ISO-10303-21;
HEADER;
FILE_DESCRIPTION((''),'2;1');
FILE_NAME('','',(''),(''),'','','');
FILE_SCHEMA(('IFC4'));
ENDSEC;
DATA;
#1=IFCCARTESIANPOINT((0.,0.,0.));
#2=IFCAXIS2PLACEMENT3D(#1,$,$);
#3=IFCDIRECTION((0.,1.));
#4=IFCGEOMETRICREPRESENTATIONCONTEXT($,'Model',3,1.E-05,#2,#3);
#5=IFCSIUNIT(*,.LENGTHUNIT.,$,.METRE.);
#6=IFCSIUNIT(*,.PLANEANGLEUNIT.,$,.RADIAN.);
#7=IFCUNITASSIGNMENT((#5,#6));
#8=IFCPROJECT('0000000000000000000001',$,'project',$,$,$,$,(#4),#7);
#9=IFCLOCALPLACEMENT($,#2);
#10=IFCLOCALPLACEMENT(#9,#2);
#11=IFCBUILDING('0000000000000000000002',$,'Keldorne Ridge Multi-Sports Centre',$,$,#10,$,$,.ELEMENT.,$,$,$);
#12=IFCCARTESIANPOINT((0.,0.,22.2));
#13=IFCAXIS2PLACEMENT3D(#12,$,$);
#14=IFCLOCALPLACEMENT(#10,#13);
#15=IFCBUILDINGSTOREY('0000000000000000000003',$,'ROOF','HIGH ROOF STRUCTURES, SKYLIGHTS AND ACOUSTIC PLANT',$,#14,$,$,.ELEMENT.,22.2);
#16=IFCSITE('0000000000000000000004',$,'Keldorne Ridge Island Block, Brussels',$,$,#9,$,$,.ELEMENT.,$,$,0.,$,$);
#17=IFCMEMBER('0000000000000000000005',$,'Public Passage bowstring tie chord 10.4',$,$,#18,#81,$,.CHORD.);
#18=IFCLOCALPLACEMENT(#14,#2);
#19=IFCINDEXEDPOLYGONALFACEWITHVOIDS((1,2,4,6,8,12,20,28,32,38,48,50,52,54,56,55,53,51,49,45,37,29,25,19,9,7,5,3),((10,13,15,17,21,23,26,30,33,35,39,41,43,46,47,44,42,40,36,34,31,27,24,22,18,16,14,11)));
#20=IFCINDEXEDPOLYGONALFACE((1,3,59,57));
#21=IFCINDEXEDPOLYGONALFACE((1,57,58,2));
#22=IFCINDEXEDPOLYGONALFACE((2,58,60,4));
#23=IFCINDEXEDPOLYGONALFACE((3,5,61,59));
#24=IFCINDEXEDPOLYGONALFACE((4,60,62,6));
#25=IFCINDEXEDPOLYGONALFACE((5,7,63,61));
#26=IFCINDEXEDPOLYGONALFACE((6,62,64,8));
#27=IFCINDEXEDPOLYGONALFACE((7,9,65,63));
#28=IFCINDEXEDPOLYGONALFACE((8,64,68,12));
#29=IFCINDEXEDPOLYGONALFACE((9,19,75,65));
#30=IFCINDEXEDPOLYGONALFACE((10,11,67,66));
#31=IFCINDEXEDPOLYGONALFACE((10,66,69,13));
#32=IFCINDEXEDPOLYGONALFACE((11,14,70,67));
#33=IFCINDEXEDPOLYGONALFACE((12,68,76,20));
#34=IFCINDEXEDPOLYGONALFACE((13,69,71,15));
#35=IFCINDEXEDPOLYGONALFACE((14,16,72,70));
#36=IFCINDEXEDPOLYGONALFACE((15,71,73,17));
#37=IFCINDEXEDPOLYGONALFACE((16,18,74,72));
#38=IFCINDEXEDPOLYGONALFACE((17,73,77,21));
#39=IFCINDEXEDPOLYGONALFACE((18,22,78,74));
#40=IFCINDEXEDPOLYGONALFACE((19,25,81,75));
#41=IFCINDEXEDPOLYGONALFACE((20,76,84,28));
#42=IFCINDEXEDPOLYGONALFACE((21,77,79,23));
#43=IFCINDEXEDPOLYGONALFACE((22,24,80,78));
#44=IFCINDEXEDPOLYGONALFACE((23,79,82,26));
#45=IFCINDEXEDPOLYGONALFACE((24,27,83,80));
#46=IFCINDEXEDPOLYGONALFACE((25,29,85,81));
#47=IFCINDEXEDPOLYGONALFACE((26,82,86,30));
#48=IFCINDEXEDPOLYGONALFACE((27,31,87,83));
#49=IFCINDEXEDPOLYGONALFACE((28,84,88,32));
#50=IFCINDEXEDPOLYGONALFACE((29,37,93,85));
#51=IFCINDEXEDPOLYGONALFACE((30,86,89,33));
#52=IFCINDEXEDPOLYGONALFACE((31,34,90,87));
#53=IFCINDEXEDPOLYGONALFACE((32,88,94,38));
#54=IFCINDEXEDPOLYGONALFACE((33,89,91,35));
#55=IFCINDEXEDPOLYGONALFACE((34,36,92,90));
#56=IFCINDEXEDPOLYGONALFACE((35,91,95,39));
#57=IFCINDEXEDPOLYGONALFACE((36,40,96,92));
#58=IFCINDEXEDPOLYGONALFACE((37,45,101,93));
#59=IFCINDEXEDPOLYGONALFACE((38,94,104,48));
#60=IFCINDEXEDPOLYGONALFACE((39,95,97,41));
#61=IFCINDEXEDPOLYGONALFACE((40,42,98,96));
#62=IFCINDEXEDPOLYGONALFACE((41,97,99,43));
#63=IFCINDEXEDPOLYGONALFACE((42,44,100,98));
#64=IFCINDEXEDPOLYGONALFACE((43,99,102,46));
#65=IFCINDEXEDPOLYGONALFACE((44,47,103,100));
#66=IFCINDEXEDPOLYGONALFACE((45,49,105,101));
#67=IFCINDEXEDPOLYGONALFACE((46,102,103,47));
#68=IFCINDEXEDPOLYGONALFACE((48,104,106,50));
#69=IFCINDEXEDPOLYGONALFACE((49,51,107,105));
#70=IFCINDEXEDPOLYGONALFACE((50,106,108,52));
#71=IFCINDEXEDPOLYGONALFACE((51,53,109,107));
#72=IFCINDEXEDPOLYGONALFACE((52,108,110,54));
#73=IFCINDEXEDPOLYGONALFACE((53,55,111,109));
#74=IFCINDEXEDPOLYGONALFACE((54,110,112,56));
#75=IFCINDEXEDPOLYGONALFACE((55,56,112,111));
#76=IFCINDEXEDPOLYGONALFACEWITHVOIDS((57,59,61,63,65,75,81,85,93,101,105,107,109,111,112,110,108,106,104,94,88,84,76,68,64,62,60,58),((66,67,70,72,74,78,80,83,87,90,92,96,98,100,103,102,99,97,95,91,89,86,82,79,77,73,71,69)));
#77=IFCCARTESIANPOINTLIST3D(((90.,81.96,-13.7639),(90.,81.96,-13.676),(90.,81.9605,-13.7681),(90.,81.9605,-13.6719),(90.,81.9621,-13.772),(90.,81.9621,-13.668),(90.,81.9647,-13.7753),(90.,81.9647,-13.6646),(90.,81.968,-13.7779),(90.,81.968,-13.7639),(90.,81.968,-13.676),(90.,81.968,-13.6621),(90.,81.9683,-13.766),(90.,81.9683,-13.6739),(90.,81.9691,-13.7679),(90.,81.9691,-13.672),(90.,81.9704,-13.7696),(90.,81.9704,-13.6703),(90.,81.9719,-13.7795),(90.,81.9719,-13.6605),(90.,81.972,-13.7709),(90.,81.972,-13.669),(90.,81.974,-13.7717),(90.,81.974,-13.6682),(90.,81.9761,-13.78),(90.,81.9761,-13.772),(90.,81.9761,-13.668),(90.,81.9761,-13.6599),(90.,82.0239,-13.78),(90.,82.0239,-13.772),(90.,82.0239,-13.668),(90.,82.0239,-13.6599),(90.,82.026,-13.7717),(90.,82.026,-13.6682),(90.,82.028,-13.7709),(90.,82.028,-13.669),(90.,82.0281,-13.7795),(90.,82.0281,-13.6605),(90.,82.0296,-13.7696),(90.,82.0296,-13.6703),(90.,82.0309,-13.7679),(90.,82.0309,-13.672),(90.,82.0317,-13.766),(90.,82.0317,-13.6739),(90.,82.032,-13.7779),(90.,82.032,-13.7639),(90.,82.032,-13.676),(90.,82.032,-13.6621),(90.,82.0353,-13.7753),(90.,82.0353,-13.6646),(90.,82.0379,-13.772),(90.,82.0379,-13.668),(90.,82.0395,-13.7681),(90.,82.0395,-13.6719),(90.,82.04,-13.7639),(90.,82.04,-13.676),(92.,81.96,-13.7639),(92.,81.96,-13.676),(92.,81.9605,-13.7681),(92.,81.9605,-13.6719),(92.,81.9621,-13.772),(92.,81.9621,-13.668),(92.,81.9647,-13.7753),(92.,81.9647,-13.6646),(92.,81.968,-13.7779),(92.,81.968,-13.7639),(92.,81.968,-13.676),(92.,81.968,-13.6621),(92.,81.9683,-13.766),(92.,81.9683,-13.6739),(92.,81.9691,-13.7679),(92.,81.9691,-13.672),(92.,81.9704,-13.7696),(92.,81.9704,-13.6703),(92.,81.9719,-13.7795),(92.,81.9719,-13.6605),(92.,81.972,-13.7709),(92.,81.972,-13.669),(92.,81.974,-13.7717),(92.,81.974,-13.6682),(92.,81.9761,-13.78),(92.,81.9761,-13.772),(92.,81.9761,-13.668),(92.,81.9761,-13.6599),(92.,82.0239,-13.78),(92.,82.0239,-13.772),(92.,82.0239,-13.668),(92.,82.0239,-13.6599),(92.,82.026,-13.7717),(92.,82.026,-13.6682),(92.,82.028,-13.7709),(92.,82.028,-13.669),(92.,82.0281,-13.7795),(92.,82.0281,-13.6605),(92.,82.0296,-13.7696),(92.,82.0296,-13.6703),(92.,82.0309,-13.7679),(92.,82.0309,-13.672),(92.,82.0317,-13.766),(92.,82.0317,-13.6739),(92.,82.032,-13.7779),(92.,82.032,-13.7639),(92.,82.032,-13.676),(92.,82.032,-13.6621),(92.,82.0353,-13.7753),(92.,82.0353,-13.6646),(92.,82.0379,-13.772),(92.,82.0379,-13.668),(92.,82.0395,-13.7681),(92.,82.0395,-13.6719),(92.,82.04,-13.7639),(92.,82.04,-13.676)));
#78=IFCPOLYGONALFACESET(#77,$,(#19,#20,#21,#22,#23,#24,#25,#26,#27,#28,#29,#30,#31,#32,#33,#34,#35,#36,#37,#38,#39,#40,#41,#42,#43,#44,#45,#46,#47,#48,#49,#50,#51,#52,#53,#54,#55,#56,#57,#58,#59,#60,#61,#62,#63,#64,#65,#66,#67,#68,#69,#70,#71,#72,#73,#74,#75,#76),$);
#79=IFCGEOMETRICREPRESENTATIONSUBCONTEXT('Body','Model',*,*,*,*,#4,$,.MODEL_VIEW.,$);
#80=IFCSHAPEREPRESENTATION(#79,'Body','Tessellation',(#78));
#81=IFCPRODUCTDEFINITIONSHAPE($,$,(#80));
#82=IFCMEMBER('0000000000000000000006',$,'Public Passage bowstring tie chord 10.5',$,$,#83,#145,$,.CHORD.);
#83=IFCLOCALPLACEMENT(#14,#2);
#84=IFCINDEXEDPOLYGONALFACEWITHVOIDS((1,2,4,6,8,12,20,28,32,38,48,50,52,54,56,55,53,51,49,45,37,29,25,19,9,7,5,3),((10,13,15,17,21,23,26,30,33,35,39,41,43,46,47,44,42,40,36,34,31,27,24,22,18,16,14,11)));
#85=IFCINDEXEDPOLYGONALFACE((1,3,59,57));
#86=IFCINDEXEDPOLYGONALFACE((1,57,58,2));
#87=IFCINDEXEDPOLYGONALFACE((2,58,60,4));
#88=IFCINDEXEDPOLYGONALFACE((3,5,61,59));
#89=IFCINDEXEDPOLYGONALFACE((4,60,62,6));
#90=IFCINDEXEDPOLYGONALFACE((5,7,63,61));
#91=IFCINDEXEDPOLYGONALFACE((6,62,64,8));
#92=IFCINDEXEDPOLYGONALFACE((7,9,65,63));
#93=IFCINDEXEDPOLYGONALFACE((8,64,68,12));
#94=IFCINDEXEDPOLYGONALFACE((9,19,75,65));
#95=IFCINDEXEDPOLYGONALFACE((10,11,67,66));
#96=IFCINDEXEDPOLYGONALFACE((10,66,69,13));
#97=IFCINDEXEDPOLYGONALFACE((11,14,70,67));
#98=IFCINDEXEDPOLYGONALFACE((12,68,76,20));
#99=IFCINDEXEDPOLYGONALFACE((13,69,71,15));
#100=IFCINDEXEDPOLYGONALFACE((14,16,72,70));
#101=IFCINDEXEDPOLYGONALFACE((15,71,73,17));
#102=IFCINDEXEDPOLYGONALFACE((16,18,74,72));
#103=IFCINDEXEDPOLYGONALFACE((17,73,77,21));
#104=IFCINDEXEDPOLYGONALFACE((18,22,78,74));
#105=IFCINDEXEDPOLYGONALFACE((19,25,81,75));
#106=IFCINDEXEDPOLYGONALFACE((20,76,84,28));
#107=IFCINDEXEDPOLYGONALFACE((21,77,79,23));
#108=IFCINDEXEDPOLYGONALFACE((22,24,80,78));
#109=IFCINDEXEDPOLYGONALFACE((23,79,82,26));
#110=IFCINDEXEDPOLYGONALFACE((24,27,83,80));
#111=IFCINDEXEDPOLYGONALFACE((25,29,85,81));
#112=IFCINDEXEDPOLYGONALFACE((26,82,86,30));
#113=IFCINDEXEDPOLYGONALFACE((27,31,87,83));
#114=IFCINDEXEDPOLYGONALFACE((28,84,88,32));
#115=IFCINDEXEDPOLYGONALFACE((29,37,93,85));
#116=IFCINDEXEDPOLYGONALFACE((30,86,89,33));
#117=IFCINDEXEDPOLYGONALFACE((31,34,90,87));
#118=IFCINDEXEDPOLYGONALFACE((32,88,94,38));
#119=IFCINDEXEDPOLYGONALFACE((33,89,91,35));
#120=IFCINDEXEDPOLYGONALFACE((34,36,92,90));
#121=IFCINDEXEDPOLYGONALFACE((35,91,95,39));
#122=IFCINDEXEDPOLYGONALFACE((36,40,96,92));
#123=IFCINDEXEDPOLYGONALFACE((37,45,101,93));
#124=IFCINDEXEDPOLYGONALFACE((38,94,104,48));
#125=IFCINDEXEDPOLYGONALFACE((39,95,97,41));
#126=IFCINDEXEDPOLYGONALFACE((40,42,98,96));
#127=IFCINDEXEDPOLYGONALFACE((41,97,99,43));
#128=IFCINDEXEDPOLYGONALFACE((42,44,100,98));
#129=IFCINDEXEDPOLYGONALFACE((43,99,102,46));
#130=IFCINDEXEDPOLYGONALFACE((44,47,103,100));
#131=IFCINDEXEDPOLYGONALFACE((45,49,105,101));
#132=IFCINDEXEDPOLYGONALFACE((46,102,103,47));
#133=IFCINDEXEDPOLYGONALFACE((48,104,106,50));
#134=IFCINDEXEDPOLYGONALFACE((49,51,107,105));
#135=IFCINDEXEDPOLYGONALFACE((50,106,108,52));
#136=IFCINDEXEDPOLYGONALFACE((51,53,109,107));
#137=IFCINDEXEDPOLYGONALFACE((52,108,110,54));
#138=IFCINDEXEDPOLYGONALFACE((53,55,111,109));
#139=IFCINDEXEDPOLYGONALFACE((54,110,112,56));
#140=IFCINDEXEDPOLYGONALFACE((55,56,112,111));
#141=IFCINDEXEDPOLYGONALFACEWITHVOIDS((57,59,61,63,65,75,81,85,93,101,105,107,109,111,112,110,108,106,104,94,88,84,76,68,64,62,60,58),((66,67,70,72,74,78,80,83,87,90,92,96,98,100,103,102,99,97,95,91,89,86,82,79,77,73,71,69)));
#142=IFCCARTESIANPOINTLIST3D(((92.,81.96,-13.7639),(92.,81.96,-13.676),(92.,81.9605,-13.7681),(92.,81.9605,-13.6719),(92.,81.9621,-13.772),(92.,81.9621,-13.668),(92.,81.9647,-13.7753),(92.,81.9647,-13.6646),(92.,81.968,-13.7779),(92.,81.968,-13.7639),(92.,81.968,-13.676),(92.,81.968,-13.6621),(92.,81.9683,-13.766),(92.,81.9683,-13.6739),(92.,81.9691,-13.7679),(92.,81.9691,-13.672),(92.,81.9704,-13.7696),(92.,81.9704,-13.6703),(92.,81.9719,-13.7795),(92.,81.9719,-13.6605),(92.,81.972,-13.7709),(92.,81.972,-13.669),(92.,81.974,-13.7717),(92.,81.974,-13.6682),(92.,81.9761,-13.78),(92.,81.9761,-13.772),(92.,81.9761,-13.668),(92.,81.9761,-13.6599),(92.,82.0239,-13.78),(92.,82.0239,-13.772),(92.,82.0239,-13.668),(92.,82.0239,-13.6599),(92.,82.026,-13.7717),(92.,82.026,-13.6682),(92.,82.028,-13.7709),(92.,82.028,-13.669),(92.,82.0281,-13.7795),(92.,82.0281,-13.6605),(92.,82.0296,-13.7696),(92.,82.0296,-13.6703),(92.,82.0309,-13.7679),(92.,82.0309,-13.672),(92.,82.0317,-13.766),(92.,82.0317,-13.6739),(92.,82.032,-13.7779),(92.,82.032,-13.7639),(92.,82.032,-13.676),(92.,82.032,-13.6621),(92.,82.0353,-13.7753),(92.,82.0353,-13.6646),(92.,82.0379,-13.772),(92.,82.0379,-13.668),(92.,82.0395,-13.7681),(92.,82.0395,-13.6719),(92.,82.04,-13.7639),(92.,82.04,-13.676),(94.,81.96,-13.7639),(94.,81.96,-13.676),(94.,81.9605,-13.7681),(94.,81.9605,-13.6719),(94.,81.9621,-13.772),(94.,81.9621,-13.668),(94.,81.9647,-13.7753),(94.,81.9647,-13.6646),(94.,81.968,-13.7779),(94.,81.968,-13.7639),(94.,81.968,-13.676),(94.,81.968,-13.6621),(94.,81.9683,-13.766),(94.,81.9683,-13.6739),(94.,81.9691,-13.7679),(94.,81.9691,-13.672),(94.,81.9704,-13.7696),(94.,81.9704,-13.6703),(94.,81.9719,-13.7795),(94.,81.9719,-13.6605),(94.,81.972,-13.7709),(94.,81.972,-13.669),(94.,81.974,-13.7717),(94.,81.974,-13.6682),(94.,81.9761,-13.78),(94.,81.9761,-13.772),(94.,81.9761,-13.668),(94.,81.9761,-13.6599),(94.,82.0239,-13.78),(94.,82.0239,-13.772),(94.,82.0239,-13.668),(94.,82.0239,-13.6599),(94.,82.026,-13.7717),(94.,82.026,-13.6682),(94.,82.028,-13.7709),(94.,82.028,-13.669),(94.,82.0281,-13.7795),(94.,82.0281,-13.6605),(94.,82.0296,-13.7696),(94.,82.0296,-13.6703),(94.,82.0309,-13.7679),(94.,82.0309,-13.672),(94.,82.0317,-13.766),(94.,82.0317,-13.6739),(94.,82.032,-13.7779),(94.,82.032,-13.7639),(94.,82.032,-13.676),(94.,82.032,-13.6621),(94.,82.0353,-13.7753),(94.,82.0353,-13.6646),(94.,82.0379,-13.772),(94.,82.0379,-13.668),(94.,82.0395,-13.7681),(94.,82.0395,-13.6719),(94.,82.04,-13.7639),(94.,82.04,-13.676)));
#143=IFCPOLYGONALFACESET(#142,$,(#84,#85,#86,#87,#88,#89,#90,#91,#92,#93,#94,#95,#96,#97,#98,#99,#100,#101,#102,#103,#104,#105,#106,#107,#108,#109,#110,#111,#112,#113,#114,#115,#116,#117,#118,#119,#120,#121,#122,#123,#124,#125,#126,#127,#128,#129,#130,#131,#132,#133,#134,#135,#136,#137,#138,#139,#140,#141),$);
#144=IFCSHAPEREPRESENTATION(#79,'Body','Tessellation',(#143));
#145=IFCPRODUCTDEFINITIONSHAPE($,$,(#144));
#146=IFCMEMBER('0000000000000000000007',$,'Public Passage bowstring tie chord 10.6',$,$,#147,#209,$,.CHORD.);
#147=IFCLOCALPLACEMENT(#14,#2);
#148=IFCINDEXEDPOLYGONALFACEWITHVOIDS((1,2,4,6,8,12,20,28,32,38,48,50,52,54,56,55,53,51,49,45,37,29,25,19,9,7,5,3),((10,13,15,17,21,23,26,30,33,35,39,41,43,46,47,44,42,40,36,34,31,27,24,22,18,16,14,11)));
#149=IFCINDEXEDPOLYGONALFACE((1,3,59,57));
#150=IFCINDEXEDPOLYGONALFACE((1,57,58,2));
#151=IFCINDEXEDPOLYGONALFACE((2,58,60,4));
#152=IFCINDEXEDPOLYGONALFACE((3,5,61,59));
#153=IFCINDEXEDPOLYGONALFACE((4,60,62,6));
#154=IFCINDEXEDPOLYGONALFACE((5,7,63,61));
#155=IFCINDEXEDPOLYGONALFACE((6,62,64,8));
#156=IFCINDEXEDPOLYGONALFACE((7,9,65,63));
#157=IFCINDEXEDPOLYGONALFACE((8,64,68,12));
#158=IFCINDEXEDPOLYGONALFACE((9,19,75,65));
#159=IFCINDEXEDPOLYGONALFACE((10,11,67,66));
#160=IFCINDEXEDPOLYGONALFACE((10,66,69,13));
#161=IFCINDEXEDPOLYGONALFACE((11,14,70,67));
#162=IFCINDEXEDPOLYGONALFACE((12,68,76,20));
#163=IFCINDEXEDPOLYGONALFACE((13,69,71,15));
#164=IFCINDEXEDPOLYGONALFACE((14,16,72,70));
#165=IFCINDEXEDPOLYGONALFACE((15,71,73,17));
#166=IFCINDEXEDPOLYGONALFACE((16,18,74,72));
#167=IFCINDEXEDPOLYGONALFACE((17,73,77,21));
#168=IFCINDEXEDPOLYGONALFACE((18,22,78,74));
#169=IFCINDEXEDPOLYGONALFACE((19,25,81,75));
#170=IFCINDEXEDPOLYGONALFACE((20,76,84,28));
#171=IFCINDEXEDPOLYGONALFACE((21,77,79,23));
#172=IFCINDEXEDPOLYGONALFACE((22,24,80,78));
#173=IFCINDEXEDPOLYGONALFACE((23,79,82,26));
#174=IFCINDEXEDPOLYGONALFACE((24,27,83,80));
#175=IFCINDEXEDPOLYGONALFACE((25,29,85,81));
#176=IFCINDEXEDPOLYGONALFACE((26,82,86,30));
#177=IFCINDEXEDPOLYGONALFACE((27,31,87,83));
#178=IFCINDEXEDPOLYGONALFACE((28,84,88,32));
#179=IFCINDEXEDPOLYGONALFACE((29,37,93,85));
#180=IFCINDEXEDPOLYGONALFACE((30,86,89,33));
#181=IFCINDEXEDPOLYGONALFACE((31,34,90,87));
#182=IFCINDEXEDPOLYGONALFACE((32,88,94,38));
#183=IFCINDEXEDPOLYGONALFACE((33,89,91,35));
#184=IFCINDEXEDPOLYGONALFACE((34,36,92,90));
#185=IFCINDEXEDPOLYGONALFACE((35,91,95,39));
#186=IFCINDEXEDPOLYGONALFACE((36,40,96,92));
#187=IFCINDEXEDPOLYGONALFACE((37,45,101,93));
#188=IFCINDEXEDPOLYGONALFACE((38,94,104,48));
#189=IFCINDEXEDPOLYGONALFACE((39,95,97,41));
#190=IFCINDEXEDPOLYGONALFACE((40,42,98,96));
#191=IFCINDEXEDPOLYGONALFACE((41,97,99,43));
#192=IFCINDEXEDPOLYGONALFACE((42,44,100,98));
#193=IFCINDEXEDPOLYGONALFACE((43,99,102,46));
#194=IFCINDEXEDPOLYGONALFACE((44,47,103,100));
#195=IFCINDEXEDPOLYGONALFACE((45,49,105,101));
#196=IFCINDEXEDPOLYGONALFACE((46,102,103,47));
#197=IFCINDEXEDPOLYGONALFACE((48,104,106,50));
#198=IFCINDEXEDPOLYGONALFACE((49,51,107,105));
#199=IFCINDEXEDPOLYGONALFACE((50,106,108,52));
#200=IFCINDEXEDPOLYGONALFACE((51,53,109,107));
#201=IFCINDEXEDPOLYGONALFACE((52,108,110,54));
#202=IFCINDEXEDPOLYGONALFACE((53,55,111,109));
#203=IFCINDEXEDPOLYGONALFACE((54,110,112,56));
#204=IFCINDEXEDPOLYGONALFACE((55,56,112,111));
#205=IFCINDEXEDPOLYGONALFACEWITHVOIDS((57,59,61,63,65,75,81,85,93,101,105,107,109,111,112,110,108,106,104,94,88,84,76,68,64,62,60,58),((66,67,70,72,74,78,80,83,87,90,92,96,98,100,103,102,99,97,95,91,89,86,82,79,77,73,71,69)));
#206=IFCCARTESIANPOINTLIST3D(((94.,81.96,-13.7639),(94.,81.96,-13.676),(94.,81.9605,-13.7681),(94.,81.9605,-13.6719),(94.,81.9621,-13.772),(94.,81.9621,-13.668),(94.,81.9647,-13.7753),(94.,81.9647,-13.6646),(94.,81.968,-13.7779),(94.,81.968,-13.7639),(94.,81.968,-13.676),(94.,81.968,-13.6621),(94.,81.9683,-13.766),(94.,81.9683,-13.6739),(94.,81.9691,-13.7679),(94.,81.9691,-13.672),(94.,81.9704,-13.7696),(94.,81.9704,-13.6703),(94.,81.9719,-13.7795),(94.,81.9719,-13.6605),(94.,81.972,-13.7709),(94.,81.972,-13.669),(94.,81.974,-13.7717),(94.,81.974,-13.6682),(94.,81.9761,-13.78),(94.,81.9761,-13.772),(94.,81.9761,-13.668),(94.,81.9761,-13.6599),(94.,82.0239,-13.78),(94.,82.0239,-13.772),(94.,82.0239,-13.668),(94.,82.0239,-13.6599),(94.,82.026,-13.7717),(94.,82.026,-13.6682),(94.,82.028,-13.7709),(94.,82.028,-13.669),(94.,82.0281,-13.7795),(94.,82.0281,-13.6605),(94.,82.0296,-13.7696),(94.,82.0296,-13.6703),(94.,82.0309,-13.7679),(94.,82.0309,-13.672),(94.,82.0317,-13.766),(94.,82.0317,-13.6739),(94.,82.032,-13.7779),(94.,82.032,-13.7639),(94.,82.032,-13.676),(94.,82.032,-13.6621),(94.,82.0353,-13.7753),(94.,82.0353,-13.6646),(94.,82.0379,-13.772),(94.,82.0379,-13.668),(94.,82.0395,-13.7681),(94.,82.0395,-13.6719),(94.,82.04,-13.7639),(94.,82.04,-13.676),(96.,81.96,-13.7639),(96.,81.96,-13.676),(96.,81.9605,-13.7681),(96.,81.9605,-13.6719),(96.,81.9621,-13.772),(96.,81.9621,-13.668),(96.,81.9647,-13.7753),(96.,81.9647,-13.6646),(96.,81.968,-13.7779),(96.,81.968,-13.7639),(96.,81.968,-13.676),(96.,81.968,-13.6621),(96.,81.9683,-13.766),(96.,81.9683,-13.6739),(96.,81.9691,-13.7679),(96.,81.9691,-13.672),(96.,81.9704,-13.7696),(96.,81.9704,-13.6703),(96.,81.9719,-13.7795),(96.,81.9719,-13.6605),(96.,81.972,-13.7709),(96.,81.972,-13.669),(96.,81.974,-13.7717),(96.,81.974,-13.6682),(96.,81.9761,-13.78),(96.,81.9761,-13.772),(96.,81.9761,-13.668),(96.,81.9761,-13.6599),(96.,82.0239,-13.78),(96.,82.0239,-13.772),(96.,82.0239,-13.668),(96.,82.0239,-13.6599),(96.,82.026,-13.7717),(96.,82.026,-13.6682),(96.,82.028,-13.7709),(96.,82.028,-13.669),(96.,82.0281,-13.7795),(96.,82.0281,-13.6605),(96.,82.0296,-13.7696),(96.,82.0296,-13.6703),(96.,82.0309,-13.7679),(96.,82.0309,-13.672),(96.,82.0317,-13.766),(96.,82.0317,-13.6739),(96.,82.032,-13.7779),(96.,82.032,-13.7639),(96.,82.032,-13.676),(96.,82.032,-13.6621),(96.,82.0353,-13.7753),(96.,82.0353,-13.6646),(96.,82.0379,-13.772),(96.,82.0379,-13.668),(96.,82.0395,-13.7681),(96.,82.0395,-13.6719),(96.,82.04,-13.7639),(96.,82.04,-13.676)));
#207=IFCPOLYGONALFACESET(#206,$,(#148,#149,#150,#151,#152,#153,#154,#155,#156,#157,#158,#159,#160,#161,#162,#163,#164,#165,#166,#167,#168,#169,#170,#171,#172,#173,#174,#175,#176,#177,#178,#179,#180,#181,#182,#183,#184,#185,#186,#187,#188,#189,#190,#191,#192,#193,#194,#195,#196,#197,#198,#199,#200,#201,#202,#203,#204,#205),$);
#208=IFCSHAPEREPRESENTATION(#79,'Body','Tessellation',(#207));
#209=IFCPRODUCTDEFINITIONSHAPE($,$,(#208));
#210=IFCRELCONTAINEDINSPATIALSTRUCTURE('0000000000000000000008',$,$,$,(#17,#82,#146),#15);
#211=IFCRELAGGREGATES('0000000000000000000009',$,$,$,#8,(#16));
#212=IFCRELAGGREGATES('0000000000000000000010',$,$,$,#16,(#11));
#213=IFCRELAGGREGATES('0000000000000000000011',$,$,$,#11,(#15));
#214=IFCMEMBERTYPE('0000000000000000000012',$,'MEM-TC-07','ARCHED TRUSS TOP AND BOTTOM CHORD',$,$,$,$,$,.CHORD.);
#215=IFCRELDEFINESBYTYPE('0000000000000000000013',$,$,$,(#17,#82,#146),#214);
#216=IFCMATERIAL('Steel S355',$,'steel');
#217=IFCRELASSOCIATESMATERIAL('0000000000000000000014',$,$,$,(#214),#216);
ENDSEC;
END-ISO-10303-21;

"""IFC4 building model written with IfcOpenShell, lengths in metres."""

from ifc_helpers import new_model, si_unit, direction, frame, origin, origin_2d, place, context, subcontext, project, spatial, hollow_rectangle, extrude, material, material_profile, profile_set, type_object, element, save


model = new_model("IFC4")

# Units and contexts
model_context = context("Model", 3, precision=1e-05, world=origin(), true_north=direction((0.0, 1.0)))
body_context = subcontext(model_context, "Body", "Model", "MODEL_VIEW")
ifc_project = project(units=[si_unit("LENGTHUNIT", "METRE"), si_unit("PLANEANGLEUNIT", "RADIAN")], contexts=[model_context])

# Site, building, storey
site_placement = place(None, origin())
site = spatial("IfcSite", under=ifc_project, at=site_placement, Name="Keldorne Ridge Island Block, Brussels", CompositionType="ELEMENT", RefElevation=0.0)
building_placement = place(site_placement, origin())
building = spatial("IfcBuilding", under=site, at=building_placement, Name="Keldorne Ridge Multi-Sports Centre", CompositionType="ELEMENT")
storey_placement = place(building_placement, frame((0.0, 0.0, 22.2)))
storey = spatial("IfcBuildingStorey", under=building, at=storey_placement, Name="ROOF", Description="HIGH ROOF STRUCTURES, SKYLIGHTS AND ACOUSTIC PLANT", CompositionType="ELEMENT", Elevation=22.2)

# Members
ifc_material = material(Name="Steel S355", Category="steel")
ifc_material_profile_1 = material_profile(ifc_material, hollow_rectangle(XDim=0.0801, YDim=0.1201, WallThickness=0.0081, InnerFilletRadius=0.0081, OuterFilletRadius=0.0161, at=origin_2d()), Name="RHS 120x80x8")
ifc_profile_set_1 = profile_set([ifc_material_profile_1], Name="Steel S355")
member_type_1 = type_object("IfcMemberType", Name="MEM-TC-07", Description="ARCHED TRUSS TOP AND BOTTOM CHORD", PredefinedType="CHORD", material=ifc_profile_set_1)
for number, where, z_axis, x_axis, name in (
    (1, (90.0, 82.0, -13.72), (1.0, 0.0, 0.0), (0.0, 1.0, 0.0), "Public Passage bowstring tie chord 10.4"),
    (2, (92.0, 82.0, -13.72), (1.0, 0.0, 0.0), (0.0, 1.0, 0.0), "Public Passage bowstring tie chord 10.5"),
    (3, (94.0, 82.0, -13.72), (1.0, 0.0, 0.0), (0.0, 1.0, 0.0), "Public Passage bowstring tie chord 10.6"),
):
    element("IfcMember", number, at=place(storey_placement, frame(where, z_axis=z_axis, x_axis=x_axis)), inside=storey, type_object=member_type_1, Name=name, PredefinedType="CHORD", context=body_context, shape_type="SweptSolid", body=[
        extrude(hollow_rectangle(XDim=0.0801, YDim=0.1201, WallThickness=0.0081, InnerFilletRadius=0.0081, OuterFilletRadius=0.0161, at=origin_2d()), origin(), (0.0, 0.0, 1.0), 2.0),
    ])

save(model, "model.ifc")
